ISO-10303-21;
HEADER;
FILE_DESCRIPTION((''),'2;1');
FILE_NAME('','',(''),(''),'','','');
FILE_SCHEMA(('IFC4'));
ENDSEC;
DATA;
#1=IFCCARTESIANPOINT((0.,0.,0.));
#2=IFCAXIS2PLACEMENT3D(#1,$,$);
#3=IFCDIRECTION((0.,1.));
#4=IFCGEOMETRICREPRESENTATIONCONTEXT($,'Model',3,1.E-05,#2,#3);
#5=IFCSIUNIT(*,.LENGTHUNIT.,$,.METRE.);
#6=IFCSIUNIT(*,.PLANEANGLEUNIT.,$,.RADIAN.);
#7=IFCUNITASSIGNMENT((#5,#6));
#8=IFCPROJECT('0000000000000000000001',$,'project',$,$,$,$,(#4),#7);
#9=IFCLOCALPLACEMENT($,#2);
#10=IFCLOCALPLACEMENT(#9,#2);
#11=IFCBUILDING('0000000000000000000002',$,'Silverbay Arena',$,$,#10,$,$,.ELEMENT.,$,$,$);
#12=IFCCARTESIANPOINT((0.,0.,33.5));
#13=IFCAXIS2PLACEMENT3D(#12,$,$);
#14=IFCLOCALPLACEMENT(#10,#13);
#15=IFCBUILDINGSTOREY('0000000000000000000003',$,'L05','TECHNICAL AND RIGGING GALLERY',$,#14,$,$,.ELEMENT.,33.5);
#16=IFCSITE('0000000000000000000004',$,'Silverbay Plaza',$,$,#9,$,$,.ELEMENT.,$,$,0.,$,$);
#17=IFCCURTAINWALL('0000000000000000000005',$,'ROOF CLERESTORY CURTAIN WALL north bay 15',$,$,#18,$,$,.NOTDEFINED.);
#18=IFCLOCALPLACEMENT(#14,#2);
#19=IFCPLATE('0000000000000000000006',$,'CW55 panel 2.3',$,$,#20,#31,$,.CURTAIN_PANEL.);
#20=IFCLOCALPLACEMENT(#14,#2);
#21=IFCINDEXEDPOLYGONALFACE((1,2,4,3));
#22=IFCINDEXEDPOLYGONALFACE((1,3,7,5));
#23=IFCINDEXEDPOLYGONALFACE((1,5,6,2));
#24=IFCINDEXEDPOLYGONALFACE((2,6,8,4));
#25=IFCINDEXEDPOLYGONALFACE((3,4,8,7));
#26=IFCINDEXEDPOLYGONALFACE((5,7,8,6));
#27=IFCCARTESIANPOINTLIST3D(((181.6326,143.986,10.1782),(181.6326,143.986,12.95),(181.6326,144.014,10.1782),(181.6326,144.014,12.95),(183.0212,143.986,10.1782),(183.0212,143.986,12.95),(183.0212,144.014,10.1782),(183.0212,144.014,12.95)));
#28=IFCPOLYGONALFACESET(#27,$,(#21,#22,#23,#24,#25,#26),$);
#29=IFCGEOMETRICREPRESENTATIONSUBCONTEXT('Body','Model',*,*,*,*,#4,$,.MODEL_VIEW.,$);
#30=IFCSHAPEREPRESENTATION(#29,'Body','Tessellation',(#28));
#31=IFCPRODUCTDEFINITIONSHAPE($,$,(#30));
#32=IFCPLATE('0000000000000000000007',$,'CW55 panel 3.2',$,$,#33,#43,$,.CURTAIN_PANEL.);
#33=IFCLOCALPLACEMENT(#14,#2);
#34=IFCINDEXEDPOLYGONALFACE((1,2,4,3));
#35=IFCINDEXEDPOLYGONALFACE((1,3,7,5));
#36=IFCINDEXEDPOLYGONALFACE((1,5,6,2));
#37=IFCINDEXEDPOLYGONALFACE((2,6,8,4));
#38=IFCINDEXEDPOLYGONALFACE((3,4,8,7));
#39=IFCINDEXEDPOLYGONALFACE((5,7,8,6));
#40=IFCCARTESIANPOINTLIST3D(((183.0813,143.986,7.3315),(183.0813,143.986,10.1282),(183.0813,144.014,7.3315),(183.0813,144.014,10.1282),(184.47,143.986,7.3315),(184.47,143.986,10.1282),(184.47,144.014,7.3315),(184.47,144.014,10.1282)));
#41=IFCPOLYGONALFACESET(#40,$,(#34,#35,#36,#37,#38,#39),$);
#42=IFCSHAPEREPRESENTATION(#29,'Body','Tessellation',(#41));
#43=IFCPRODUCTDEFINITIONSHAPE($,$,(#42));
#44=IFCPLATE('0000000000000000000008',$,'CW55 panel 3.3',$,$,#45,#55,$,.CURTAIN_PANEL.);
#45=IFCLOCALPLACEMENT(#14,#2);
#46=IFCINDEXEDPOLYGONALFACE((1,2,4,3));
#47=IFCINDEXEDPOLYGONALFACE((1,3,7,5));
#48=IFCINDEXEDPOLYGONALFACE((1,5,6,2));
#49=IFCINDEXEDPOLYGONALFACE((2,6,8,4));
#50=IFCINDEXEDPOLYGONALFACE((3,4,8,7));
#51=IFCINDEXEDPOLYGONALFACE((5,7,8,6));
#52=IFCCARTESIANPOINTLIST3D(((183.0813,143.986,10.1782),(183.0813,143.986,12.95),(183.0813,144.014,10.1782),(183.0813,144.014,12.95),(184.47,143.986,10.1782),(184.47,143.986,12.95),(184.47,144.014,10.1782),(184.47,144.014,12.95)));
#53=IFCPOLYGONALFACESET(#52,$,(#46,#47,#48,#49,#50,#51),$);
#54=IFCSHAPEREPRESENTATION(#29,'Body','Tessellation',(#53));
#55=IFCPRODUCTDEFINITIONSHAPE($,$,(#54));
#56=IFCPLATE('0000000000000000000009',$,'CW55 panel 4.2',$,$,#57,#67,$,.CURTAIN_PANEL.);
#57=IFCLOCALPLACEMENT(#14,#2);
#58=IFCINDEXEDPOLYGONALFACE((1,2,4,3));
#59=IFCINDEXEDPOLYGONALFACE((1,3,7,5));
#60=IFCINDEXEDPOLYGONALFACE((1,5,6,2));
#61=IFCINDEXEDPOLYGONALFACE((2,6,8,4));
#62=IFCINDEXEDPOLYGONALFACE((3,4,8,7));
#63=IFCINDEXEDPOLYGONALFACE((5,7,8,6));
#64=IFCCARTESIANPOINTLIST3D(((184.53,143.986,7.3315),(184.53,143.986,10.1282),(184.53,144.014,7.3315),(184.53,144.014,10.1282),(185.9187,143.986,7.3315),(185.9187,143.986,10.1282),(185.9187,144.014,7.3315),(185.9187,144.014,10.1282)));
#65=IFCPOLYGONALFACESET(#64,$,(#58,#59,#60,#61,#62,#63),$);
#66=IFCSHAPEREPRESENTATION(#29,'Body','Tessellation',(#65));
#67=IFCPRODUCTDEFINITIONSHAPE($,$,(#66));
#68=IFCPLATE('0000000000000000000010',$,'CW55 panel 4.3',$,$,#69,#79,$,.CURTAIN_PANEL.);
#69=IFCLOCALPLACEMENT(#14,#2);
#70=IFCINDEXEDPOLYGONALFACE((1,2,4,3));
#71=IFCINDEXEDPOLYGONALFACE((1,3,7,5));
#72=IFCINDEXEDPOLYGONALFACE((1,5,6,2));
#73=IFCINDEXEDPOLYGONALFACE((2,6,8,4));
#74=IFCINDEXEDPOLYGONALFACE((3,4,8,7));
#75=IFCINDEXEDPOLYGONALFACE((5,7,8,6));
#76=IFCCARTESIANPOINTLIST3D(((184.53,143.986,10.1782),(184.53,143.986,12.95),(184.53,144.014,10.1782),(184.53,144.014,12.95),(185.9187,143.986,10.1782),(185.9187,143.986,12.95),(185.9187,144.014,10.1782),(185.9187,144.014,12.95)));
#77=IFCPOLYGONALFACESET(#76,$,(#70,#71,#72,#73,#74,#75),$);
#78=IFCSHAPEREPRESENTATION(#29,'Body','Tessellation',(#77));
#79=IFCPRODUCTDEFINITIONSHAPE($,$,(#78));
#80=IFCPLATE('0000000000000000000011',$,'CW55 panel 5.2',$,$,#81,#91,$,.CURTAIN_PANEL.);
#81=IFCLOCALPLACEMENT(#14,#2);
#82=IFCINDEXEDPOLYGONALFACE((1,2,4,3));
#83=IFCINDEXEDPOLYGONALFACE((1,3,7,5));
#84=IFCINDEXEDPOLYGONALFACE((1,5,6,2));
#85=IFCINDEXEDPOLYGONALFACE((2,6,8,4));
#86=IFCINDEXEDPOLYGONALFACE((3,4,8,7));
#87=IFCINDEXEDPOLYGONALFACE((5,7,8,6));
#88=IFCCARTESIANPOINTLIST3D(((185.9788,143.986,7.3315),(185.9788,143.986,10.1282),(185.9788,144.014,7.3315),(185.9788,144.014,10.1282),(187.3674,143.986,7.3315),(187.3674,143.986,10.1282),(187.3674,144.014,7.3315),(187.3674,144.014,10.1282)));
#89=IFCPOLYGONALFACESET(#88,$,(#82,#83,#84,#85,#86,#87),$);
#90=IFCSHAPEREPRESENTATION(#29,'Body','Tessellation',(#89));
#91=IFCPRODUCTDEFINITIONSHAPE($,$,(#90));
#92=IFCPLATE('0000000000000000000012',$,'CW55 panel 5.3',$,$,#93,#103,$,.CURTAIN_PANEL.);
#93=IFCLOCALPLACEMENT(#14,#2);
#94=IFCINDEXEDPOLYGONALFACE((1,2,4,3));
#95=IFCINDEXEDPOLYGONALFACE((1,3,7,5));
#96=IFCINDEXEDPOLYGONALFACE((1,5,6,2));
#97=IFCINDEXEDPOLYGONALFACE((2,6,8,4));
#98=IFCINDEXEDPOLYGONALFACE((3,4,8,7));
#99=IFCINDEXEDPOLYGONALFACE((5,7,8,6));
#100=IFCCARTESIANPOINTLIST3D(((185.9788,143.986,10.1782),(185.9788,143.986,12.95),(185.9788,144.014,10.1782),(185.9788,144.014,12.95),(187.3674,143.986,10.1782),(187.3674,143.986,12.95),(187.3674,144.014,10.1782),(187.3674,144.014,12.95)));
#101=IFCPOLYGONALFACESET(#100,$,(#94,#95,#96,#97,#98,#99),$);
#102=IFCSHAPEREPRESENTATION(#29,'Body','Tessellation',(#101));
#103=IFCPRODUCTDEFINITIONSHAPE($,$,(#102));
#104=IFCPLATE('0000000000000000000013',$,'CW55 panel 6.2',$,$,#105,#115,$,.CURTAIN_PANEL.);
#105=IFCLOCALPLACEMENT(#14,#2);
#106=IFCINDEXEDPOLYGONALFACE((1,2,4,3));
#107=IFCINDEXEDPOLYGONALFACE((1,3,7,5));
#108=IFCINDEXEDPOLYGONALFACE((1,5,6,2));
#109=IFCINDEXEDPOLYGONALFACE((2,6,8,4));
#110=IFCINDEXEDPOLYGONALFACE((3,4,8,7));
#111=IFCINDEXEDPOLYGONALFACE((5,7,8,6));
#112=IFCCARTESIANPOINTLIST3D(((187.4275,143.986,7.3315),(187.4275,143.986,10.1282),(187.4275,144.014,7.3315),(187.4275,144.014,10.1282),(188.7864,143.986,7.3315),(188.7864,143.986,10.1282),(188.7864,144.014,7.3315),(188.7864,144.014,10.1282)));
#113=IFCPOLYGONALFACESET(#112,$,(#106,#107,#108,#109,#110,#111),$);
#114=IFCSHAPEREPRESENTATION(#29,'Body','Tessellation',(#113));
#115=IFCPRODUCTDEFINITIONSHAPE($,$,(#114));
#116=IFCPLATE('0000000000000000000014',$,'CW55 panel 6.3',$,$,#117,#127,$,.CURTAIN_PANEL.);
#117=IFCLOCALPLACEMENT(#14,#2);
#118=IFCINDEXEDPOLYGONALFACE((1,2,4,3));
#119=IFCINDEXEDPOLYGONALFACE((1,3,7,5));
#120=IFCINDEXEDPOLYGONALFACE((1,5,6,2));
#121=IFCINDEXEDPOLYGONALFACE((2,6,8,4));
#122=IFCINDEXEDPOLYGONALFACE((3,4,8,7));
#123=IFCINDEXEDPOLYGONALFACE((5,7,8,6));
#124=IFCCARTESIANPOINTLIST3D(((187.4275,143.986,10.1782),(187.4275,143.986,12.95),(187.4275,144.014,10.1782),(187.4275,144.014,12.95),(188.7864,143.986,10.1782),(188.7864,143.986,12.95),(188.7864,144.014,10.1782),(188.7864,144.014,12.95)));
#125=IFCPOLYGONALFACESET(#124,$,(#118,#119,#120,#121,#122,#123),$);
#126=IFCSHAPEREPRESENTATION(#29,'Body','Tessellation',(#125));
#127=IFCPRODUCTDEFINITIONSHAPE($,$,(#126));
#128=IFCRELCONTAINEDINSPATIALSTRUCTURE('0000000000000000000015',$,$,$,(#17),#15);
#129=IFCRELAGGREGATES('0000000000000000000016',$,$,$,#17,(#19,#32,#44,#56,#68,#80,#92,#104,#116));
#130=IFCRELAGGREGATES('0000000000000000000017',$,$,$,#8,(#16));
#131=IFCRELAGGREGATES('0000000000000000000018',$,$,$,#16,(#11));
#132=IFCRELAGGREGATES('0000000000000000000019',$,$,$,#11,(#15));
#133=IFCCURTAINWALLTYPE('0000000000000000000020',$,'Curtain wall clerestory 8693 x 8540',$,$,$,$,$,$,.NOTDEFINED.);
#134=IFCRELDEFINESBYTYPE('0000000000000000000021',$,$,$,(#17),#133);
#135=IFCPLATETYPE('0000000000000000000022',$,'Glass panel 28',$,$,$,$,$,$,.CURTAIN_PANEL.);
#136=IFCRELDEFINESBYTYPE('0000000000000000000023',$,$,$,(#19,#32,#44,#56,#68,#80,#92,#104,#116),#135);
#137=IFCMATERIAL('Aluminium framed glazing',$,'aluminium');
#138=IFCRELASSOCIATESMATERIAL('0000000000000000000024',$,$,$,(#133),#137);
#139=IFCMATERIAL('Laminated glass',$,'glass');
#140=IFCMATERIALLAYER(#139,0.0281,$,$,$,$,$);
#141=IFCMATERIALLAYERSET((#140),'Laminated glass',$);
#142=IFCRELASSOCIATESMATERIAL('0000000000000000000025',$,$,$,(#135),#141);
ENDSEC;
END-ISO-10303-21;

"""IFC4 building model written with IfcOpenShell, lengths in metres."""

from ifc_helpers import new_model, si_unit, direction, frame, origin, origin_2d, place, context, subcontext, project, spatial, rectangle, extrude, material, layer, layer_set, type_object, element, aggregate, save


model = new_model("IFC4")

# Units and contexts
model_context = context("Model", 3, precision=1e-05, world=origin(), true_north=direction((0.0, 1.0)))
body_context = subcontext(model_context, "Body", "Model", "MODEL_VIEW")
ifc_project = project(units=[si_unit("LENGTHUNIT", "METRE"), si_unit("PLANEANGLEUNIT", "RADIAN")], contexts=[model_context])

# Site, building, storey
site_placement = place(None, origin())
site = spatial("IfcSite", under=ifc_project, at=site_placement, Name="Silverbay Plaza", CompositionType="ELEMENT", RefElevation=0.0)
building_placement = place(site_placement, origin())
building = spatial("IfcBuilding", under=site, at=building_placement, Name="Silverbay Arena", CompositionType="ELEMENT")
storey_placement = place(building_placement, frame((0.0, 0.0, 33.5)))
storey = spatial("IfcBuildingStorey", under=building, at=storey_placement, Name="L05", Description="TECHNICAL AND RIGGING GALLERY", CompositionType="ELEMENT", Elevation=33.5)

# Curtain wall, plates
ifc_material_1 = material(Name="Aluminium framed glazing", Category="aluminium")
curtain_wall_type = type_object("IfcCurtainWallType", Name="Curtain wall clerestory 8693 x 8540", PredefinedType="NOTDEFINED", material=ifc_material_1)
curtain_wall_placement = place(storey_placement, origin())
curtain_wall = element("IfcCurtainWall", 1, at=curtain_wall_placement, inside=storey, type_object=curtain_wall_type, Name="ROOF CLERESTORY CURTAIN WALL north bay 15", PredefinedType="NOTDEFINED")
ifc_material_2 = material(Name="Laminated glass", Category="glass")
ifc_layer = layer(ifc_material_2, 0.0281)
ifc_layer_set = layer_set([ifc_layer], Name="Laminated glass")
plate_type = type_object("IfcPlateType", Name="Glass panel 28", PredefinedType="CURTAIN_PANEL", material=ifc_layer_set)
plate_1_placement = place(storey_placement, frame((182.3269, 144.0, 10.1782), z_axis=(0.0, 0.0, 1.0), x_axis=(1.0, 0.0, 0.0)))
plate_1 = element("IfcPlate", 2, at=plate_1_placement, type_object=plate_type, Name="CW55 panel 2.3", PredefinedType="CURTAIN_PANEL", context=body_context, shape_type="SweptSolid", body=[
    extrude(rectangle(XDim=1.3887, YDim=0.0281, at=origin_2d()), origin(), (0.0, 0.0, 1.0), 2.7717),
])
plate_2_placement = place(storey_placement, frame((183.7756, 144.0, 7.3315), z_axis=(0.0, 0.0, 1.0), x_axis=(1.0, 0.0, 0.0)))
plate_2 = element("IfcPlate", 3, at=plate_2_placement, type_object=plate_type, Name="CW55 panel 3.2", PredefinedType="CURTAIN_PANEL", context=body_context, shape_type="SweptSolid", body=[
    extrude(rectangle(XDim=1.3887, YDim=0.0281, at=origin_2d()), origin(), (0.0, 0.0, 1.0), 2.7966),
])
plate_3_placement = place(storey_placement, frame((183.7756, 144.0, 10.1782), z_axis=(0.0, 0.0, 1.0), x_axis=(1.0, 0.0, 0.0)))
plate_3 = element("IfcPlate", 4, at=plate_3_placement, type_object=plate_type, Name="CW55 panel 3.3", PredefinedType="CURTAIN_PANEL", context=body_context, shape_type="SweptSolid", body=[
    extrude(rectangle(XDim=1.3887, YDim=0.0281, at=origin_2d()), origin(), (0.0, 0.0, 1.0), 2.7717),
])
plate_4_placement = place(storey_placement, frame((185.2244, 144.0, 7.3315), z_axis=(0.0, 0.0, 1.0), x_axis=(1.0, 0.0, 0.0)))
plate_4 = element("IfcPlate", 5, at=plate_4_placement, type_object=plate_type, Name="CW55 panel 4.2", PredefinedType="CURTAIN_PANEL", context=body_context, shape_type="SweptSolid", body=[
    extrude(rectangle(XDim=1.3887, YDim=0.0281, at=origin_2d()), origin(), (0.0, 0.0, 1.0), 2.7966),
])
plate_5_placement = place(storey_placement, frame((185.2244, 144.0, 10.1782), z_axis=(0.0, 0.0, 1.0), x_axis=(1.0, 0.0, 0.0)))
plate_5 = element("IfcPlate", 6, at=plate_5_placement, type_object=plate_type, Name="CW55 panel 4.3", PredefinedType="CURTAIN_PANEL", context=body_context, shape_type="SweptSolid", body=[
    extrude(rectangle(XDim=1.3887, YDim=0.0281, at=origin_2d()), origin(), (0.0, 0.0, 1.0), 2.7717),
])
plate_6_placement = place(storey_placement, frame((186.6731, 144.0, 7.3315), z_axis=(0.0, 0.0, 1.0), x_axis=(1.0, 0.0, 0.0)))
plate_6 = element("IfcPlate", 7, at=plate_6_placement, type_object=plate_type, Name="CW55 panel 5.2", PredefinedType="CURTAIN_PANEL", context=body_context, shape_type="SweptSolid", body=[
    extrude(rectangle(XDim=1.3887, YDim=0.0281, at=origin_2d()), origin(), (0.0, 0.0, 1.0), 2.7966),
])
plate_7_placement = place(storey_placement, frame((186.6731, 144.0, 10.1782), z_axis=(0.0, 0.0, 1.0), x_axis=(1.0, 0.0, 0.0)))
plate_7 = element("IfcPlate", 8, at=plate_7_placement, type_object=plate_type, Name="CW55 panel 5.3", PredefinedType="CURTAIN_PANEL", context=body_context, shape_type="SweptSolid", body=[
    extrude(rectangle(XDim=1.3887, YDim=0.0281, at=origin_2d()), origin(), (0.0, 0.0, 1.0), 2.7717),
])
plate_8_placement = place(storey_placement, frame((188.1069, 144.0, 7.3315), z_axis=(0.0, 0.0, 1.0), x_axis=(1.0, 0.0, 0.0)))
plate_8 = element("IfcPlate", 9, at=plate_8_placement, type_object=plate_type, Name="CW55 panel 6.2", PredefinedType="CURTAIN_PANEL", context=body_context, shape_type="SweptSolid", body=[
    extrude(rectangle(XDim=1.3589, YDim=0.0281, at=origin_2d()), origin(), (0.0, 0.0, 1.0), 2.7966),
])
plate_9_placement = place(storey_placement, frame((188.1069, 144.0, 10.1782), z_axis=(0.0, 0.0, 1.0), x_axis=(1.0, 0.0, 0.0)))
plate_9 = element("IfcPlate", 10, at=plate_9_placement, type_object=plate_type, Name="CW55 panel 6.3", PredefinedType="CURTAIN_PANEL", context=body_context, shape_type="SweptSolid", body=[
    extrude(rectangle(XDim=1.3589, YDim=0.0281, at=origin_2d()), origin(), (0.0, 0.0, 1.0), 2.7717),
])
aggregate(curtain_wall, [plate_1, plate_2, plate_3, plate_4, plate_5, plate_6, plate_7, plate_8, plate_9])

save(model, "model.ifc")
